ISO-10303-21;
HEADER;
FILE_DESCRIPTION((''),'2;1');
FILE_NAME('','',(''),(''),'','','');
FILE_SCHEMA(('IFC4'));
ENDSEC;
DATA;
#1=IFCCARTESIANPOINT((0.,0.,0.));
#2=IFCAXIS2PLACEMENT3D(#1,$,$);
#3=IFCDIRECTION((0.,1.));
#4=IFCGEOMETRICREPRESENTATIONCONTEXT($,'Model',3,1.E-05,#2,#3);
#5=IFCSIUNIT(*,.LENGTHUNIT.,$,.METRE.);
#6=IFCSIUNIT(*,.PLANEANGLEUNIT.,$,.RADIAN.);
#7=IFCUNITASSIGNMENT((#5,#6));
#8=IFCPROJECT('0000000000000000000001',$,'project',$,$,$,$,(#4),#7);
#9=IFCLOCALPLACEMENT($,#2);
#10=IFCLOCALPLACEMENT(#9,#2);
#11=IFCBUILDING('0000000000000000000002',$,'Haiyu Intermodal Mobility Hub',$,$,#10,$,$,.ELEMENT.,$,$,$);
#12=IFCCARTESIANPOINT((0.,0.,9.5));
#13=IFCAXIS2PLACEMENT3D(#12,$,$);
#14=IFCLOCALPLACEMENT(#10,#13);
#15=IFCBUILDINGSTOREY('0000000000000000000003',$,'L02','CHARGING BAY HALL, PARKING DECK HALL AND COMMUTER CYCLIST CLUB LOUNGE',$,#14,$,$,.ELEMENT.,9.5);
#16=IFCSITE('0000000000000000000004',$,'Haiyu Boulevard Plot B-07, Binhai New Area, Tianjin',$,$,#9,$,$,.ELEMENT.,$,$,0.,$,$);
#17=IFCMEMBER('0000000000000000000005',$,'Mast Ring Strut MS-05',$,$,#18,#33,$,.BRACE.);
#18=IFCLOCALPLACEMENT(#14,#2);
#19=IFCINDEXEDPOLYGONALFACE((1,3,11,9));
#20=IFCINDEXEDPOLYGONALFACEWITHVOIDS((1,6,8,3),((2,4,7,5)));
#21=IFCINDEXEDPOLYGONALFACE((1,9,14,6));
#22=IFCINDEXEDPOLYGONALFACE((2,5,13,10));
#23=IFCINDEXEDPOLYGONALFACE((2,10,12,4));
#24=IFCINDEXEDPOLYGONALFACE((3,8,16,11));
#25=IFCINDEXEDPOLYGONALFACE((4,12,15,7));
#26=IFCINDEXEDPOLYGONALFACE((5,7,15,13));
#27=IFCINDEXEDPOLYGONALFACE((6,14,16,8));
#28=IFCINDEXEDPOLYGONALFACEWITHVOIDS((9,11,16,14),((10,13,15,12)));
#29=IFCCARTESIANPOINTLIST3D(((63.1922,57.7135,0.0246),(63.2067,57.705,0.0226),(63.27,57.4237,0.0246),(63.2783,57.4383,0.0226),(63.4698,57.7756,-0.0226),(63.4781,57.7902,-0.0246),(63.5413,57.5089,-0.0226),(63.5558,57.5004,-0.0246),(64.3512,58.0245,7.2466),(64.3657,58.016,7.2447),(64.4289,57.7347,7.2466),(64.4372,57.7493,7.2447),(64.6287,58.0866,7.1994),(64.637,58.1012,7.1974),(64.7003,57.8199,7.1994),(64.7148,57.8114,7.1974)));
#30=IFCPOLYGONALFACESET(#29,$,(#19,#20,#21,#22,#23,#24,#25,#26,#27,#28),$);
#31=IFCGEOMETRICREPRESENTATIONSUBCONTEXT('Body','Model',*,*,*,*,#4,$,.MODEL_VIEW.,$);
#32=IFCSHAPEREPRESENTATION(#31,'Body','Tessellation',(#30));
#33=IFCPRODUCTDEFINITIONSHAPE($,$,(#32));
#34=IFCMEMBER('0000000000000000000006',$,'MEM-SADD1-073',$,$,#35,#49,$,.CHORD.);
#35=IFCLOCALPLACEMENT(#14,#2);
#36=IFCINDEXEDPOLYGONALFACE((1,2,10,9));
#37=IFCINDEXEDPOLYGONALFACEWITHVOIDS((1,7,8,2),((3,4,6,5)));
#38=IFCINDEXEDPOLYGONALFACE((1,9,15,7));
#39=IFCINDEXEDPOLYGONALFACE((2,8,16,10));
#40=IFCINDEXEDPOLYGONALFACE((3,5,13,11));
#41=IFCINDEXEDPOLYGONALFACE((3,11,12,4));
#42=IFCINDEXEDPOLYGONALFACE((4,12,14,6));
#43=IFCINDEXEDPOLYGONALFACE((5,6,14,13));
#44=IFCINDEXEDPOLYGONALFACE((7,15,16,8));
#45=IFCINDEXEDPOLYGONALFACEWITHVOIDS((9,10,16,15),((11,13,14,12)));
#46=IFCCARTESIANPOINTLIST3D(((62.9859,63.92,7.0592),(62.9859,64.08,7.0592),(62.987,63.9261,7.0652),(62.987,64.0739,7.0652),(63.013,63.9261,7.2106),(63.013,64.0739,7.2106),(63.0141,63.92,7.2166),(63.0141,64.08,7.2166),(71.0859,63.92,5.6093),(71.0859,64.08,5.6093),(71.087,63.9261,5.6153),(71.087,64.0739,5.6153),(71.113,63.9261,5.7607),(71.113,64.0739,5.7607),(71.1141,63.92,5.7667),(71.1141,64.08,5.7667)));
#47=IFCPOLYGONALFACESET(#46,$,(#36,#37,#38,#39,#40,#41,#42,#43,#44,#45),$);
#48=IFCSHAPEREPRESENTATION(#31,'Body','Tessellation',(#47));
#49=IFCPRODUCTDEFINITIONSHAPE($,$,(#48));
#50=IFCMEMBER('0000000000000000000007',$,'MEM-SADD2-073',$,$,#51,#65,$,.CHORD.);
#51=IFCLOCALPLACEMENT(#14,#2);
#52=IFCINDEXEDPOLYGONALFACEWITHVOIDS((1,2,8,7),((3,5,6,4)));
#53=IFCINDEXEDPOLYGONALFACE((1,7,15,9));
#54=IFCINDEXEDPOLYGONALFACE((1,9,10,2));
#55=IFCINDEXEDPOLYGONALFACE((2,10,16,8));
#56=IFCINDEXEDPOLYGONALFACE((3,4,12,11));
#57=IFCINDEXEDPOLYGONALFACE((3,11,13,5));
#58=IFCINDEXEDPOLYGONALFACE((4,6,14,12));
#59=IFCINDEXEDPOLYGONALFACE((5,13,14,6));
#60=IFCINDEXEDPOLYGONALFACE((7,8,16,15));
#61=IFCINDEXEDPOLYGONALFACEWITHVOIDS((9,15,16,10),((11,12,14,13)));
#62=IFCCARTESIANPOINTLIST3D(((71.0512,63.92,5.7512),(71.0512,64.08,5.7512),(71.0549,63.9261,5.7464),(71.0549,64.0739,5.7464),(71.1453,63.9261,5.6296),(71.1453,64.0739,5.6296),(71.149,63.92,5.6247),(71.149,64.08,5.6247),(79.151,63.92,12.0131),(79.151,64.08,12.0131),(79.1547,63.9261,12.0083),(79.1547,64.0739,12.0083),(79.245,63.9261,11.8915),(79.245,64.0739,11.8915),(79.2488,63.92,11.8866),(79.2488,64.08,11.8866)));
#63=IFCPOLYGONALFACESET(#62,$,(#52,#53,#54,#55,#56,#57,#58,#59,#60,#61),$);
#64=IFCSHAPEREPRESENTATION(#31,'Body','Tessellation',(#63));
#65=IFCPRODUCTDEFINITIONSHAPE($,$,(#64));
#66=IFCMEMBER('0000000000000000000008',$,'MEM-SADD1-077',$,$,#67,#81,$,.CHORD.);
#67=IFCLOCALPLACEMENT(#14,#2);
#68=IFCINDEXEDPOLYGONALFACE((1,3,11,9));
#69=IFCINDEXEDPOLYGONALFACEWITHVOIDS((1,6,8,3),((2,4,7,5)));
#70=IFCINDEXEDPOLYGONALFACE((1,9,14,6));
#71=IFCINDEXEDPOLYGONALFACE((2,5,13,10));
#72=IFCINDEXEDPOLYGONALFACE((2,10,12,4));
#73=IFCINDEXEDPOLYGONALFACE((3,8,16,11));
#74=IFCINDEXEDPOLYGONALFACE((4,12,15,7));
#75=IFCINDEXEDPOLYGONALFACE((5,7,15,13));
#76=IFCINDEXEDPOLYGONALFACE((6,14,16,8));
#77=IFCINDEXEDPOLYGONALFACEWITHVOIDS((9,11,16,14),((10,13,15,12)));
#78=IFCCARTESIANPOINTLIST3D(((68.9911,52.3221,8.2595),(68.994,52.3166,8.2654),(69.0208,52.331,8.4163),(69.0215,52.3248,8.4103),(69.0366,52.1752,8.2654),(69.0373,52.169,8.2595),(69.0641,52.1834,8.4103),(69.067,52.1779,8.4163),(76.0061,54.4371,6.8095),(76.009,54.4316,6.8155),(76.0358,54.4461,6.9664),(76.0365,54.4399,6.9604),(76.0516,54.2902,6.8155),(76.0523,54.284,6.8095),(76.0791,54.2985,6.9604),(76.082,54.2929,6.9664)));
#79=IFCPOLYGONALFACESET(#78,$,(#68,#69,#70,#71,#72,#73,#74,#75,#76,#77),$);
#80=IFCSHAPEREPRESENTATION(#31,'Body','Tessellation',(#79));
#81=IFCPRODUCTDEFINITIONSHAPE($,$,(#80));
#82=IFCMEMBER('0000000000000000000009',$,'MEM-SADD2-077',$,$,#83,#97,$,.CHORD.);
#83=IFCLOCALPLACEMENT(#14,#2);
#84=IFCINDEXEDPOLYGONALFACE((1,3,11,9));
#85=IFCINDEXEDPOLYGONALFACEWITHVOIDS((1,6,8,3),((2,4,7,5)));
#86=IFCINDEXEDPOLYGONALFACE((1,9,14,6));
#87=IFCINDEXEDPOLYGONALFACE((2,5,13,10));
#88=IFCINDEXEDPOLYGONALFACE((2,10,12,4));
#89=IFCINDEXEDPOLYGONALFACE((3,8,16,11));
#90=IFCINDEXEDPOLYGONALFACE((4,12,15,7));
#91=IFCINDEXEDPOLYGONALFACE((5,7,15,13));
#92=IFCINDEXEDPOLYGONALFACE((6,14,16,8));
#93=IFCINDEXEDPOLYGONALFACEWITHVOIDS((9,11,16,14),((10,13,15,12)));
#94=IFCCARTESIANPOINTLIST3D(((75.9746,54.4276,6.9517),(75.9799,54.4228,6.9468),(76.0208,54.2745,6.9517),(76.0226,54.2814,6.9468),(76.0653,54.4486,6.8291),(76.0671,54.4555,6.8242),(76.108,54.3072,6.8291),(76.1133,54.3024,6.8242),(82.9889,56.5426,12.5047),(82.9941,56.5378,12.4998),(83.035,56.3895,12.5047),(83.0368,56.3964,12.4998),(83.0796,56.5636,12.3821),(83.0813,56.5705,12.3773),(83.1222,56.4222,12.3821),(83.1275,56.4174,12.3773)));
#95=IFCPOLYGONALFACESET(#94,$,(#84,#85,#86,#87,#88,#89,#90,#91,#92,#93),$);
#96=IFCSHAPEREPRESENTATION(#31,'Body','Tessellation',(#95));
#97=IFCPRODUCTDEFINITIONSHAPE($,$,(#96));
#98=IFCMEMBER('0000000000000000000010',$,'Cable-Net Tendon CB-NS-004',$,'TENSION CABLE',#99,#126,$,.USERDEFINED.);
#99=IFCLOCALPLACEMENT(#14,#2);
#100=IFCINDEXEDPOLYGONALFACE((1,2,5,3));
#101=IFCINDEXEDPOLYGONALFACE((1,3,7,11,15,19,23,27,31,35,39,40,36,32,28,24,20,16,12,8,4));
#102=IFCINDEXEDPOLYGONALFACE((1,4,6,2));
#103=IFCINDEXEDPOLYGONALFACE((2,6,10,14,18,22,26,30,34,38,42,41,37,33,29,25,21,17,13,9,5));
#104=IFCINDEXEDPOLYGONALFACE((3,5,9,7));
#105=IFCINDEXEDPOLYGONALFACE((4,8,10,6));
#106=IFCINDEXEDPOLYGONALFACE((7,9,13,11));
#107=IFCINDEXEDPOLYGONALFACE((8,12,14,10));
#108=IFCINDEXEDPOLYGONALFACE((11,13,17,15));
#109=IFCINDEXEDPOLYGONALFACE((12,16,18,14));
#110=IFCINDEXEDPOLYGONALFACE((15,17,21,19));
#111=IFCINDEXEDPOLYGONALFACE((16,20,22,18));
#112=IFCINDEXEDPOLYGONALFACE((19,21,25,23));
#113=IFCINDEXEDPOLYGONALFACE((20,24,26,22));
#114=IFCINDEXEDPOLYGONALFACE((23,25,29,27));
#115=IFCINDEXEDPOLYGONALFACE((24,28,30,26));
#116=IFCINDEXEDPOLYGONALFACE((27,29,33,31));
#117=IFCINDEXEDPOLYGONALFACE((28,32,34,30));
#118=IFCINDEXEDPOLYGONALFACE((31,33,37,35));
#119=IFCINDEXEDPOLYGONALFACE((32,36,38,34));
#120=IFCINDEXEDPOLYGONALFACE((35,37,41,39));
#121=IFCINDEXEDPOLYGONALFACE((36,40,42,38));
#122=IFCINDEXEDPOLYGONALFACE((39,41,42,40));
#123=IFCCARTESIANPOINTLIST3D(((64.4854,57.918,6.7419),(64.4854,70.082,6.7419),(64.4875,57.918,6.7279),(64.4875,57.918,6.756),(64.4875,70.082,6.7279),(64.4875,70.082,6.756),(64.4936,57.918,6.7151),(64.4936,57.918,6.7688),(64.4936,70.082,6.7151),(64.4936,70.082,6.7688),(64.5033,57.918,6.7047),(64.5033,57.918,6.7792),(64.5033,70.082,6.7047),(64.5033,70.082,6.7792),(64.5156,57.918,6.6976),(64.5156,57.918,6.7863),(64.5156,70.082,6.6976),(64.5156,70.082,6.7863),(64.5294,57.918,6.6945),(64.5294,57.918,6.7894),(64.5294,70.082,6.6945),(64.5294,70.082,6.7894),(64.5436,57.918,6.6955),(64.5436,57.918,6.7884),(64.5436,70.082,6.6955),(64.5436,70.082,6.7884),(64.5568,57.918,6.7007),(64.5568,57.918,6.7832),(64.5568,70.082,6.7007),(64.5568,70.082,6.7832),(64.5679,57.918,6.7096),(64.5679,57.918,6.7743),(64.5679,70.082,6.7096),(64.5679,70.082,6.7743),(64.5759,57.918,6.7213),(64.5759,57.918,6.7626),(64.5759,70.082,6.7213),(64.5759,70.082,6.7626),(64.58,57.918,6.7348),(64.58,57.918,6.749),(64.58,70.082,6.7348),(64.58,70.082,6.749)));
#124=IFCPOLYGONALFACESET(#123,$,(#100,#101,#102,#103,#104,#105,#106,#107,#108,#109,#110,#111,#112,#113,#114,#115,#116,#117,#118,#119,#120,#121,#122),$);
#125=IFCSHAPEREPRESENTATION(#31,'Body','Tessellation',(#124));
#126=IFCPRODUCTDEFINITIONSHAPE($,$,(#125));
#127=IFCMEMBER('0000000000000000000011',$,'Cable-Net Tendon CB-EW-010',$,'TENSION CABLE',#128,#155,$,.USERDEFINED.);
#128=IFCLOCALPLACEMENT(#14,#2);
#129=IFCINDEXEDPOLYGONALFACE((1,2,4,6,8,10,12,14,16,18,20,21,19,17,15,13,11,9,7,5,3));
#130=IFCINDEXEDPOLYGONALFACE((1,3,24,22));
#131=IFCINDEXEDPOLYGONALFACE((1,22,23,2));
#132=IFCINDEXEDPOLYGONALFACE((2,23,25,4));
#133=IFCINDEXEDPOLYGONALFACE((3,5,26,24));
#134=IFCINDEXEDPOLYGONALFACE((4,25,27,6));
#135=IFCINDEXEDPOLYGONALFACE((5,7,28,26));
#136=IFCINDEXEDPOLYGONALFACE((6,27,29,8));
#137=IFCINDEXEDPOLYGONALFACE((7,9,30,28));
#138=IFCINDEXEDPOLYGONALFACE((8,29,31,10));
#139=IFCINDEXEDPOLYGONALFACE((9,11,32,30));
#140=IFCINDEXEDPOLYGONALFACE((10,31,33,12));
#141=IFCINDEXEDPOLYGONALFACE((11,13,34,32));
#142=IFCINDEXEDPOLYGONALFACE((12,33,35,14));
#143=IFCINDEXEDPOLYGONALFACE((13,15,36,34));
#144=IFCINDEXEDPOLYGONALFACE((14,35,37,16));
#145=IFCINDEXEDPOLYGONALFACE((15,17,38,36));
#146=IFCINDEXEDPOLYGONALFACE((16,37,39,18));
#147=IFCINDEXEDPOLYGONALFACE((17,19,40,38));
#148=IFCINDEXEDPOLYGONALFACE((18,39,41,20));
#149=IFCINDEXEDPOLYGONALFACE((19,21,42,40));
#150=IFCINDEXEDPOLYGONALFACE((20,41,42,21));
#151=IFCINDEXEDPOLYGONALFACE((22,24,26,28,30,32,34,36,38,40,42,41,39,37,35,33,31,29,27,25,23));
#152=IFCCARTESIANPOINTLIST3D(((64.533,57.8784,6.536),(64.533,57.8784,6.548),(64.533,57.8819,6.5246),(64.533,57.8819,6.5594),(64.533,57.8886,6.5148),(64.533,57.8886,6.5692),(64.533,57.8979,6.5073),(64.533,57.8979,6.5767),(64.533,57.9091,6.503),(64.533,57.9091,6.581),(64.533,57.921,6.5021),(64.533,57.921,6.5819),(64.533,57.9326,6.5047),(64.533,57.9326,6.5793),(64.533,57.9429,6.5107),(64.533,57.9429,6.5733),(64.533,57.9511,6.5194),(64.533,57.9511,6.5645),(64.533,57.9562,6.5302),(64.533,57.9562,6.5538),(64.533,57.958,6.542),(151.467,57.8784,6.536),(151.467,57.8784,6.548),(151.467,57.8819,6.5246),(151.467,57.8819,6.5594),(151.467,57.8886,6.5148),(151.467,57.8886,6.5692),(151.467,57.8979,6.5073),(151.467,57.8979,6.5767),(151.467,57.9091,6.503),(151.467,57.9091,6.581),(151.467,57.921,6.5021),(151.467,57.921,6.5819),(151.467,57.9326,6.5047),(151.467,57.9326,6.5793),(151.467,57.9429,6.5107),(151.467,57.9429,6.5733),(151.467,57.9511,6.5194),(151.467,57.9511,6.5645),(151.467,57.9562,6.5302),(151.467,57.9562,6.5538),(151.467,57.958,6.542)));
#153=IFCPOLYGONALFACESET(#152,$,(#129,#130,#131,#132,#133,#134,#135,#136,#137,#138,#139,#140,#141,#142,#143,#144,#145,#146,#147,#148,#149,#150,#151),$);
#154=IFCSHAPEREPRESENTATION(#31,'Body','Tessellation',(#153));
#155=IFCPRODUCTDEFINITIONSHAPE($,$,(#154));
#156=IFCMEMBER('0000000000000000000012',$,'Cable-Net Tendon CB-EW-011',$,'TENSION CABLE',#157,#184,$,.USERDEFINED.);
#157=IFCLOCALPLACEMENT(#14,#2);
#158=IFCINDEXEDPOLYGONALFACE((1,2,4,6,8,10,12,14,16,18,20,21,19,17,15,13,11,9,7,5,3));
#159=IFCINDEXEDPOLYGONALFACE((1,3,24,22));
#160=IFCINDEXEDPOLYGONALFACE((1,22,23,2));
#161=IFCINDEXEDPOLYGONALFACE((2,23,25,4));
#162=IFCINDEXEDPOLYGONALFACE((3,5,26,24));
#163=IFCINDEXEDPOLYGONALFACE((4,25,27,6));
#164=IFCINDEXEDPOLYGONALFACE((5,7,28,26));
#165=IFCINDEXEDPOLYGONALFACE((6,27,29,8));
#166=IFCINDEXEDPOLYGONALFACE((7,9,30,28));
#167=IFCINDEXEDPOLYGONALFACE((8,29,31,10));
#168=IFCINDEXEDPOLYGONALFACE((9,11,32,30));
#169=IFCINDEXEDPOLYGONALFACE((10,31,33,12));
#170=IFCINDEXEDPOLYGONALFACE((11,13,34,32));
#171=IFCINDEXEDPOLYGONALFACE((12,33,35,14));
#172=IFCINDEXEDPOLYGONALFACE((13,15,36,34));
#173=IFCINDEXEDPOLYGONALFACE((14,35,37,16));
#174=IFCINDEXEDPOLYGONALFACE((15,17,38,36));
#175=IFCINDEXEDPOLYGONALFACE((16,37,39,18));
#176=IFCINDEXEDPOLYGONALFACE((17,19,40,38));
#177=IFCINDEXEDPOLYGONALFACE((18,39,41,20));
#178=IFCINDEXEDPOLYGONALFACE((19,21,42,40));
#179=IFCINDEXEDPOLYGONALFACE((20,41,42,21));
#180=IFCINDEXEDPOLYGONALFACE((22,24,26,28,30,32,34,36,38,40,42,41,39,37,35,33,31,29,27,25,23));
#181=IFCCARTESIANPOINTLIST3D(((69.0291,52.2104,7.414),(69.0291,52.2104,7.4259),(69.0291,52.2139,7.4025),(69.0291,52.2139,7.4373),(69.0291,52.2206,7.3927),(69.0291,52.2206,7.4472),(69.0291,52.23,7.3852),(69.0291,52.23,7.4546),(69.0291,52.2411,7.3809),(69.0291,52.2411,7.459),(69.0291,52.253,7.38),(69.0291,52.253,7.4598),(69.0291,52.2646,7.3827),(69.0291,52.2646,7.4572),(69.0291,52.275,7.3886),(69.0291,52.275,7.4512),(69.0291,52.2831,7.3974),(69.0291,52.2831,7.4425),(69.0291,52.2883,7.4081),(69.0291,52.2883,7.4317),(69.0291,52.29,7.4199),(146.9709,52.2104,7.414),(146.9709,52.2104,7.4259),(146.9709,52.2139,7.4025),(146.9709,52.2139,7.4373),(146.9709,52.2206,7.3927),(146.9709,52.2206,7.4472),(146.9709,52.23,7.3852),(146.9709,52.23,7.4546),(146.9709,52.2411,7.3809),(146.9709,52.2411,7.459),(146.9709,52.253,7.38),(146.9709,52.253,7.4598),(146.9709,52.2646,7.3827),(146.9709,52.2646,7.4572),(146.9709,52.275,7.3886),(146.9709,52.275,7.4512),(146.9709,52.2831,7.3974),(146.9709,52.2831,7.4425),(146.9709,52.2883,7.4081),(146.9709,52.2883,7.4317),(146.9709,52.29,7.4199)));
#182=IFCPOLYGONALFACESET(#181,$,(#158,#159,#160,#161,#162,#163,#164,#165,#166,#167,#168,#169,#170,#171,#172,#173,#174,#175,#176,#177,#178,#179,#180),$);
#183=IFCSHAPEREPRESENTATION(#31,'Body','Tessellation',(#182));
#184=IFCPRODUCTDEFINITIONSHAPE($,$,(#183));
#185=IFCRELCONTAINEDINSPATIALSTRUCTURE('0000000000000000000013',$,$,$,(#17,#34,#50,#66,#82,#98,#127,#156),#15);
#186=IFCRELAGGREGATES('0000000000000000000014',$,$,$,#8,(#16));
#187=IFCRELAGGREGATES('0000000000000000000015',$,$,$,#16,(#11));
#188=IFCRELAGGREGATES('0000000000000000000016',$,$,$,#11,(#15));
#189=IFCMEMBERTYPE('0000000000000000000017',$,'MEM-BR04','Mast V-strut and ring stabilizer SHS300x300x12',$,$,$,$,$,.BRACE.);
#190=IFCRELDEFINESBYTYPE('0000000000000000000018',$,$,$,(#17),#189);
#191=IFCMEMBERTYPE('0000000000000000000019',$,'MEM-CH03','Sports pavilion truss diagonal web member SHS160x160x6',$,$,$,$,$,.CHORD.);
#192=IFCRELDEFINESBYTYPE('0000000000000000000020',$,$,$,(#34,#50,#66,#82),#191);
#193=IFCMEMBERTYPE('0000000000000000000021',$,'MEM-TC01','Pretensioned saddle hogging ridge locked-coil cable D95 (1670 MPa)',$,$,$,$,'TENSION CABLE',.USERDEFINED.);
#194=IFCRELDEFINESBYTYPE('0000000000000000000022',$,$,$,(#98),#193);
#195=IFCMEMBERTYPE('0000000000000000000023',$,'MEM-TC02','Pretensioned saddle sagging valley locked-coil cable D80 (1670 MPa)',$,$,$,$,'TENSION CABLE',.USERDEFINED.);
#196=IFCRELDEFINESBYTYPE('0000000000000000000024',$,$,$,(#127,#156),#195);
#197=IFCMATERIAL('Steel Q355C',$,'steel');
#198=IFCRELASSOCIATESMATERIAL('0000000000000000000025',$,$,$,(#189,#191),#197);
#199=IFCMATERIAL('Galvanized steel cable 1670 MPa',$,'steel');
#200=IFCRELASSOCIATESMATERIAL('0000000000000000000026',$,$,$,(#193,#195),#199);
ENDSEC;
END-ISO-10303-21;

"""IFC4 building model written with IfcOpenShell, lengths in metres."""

from ifc_helpers import new_model, si_unit, direction, frame, origin, origin_2d, place, context, subcontext, project, spatial, hollow_rectangle, circle, extrude, material, material_profile, profile_set, type_object, element, save


model = new_model("IFC4")

# Units and contexts
model_context = context("Model", 3, precision=1e-05, world=origin(), true_north=direction((0.0, 1.0)))
body_context = subcontext(model_context, "Body", "Model", "MODEL_VIEW")
ifc_project = project(units=[si_unit("LENGTHUNIT", "METRE"), si_unit("PLANEANGLEUNIT", "RADIAN")], contexts=[model_context])

# Site, building, storey
site_placement = place(None, origin())
site = spatial("IfcSite", under=ifc_project, at=site_placement, Name="Haiyu Boulevard Plot B-07, Binhai New Area, Tianjin", CompositionType="ELEMENT", RefElevation=0.0)
building_placement = place(site_placement, origin())
building = spatial("IfcBuilding", under=site, at=building_placement, Name="Haiyu Intermodal Mobility Hub", CompositionType="ELEMENT")
storey_placement = place(building_placement, frame((0.0, 0.0, 9.5)))
storey = spatial("IfcBuildingStorey", under=building, at=storey_placement, Name="L02", Description="CHARGING BAY HALL, PARKING DECK HALL AND COMMUTER CYCLIST CLUB LOUNGE", CompositionType="ELEMENT", Elevation=9.5)

# Shared definitions
ifc_material_1 = material(Name="Steel Q355C", Category="steel")

# Members
ifc_material_profile_1 = material_profile(ifc_material_1, hollow_rectangle(XDim=0.3, YDim=0.3, WallThickness=0.012, at=origin_2d()), Name="SHS300x300x12")
ifc_profile_set_1 = profile_set([ifc_material_profile_1], Name="Steel Q355C")
member_type_1 = type_object("IfcMemberType", Name="MEM-BR04", Description="Mast V-strut and ring stabilizer SHS300x300x12", PredefinedType="BRACE", material=ifc_profile_set_1)
member_1_placement = place(storey_placement, frame((63.374, 57.6069, 0.0), z_axis=(0.158304, 0.042486, 0.986476), x_axis=(-0.259207, 0.965822, 0.0)))
element("IfcMember", 1, at=member_1_placement, inside=storey, type_object=member_type_1, Name="Mast Ring Strut MS-05", PredefinedType="BRACE", context=body_context, shape_type="SweptSolid", body=[
    extrude(hollow_rectangle(XDim=0.3, YDim=0.3, WallThickness=0.012, at=origin_2d()), origin(), (0.0, 0.0, 1.0), 7.321),
])
ifc_material_profile_2 = material_profile(ifc_material_1, hollow_rectangle(XDim=0.1599, YDim=0.1599, WallThickness=0.0061, at=origin_2d()), Name="SHS160x160x6")
ifc_profile_set_2 = profile_set([ifc_material_profile_2], Name="Steel Q355C")
member_type_2 = type_object("IfcMemberType", Name="MEM-CH03", Description="Sports pavilion truss diagonal web member SHS160x160x6", PredefinedType="CHORD", material=ifc_profile_set_2)
member_2_placement = place(storey_placement, frame((63.0, 64.0, 7.1379), z_axis=(0.984354, 0.0, -0.176203), x_axis=(0.0, 1.0, 0.0)))
element("IfcMember", 2, at=member_2_placement, inside=storey, type_object=member_type_2, Name="MEM-SADD1-073", PredefinedType="CHORD", context=body_context, shape_type="SweptSolid", body=[
    extrude(hollow_rectangle(XDim=0.1599, YDim=0.1599, WallThickness=0.0061, at=origin_2d()), origin(), (0.0, 0.0, 1.0), 8.2288),
])
member_3_placement = place(storey_placement, frame((71.1001, 64.0, 5.688), z_axis=(0.791144, 0.0, 0.61163), x_axis=(0.0, 1.0, 0.0)))
element("IfcMember", 3, at=member_3_placement, inside=storey, type_object=member_type_2, Name="MEM-SADD2-073", PredefinedType="CHORD", context=body_context, shape_type="SweptSolid", body=[
    extrude(hollow_rectangle(XDim=0.1599, YDim=0.1599, WallThickness=0.0061, at=origin_2d()), origin(), (0.0, 0.0, 1.0), 10.238),
])
member_4_placement = place(storey_placement, frame((69.0291, 52.25, 8.3379), z_axis=(0.939215, 0.283173, -0.194132), x_axis=(-0.288665, 0.95743, 0.0)))
element("IfcMember", 4, at=member_4_placement, inside=storey, type_object=member_type_2, Name="MEM-SADD1-077", PredefinedType="CHORD", context=body_context, shape_type="SweptSolid", body=[
    extrude(hollow_rectangle(XDim=0.1599, YDim=0.1599, WallThickness=0.0061, at=origin_2d()), origin(), (0.0, 0.0, 1.0), 7.469),
])
member_5_placement = place(storey_placement, frame((76.0439, 54.365, 6.8879), z_axis=(0.763008, 0.230071, 0.604059), x_axis=(-0.288693, 0.957422, 0.0)))
element("IfcMember", 5, at=member_5_placement, inside=storey, type_object=member_type_2, Name="MEM-SADD2-077", PredefinedType="CHORD", context=body_context, shape_type="SweptSolid", body=[
    extrude(hollow_rectangle(XDim=0.1599, YDim=0.1599, WallThickness=0.0061, at=origin_2d()), origin(), (0.0, 0.0, 1.0), 9.1929),
])
ifc_material_2 = material(Name="Galvanized steel cable 1670 MPa", Category="steel")
ifc_material_profile_3 = material_profile(ifc_material_2, circle(Radius=0.0476, at=origin_2d()), Name="CABLE95")
ifc_profile_set_3 = profile_set([ifc_material_profile_3], Name="Galvanized steel cable 1670 MPa")
member_type_3 = type_object("IfcMemberType", Name="MEM-TC01", Description="Pretensioned saddle hogging ridge locked-coil cable D95 (1670 MPa)", ElementType="TENSION CABLE", PredefinedType="USERDEFINED", material=ifc_profile_set_3)
member_6_placement = place(storey_placement, frame((64.533, 57.918, 6.7419), z_axis=(0.0, 1.0, 0.0), x_axis=(-1.0, 0.0, 0.0)))
element("IfcMember", 6, at=member_6_placement, inside=storey, type_object=member_type_3, Name="Cable-Net Tendon CB-NS-004", ObjectType="TENSION CABLE", PredefinedType="USERDEFINED", context=body_context, shape_type="SweptSolid", body=[
    extrude(circle(Radius=0.0476, at=origin_2d()), origin(), (0.0, 0.0, 1.0), 12.1641),
])
ifc_material_profile_4 = material_profile(ifc_material_2, circle(Radius=0.04, at=origin_2d()), Name="CABLE80")
ifc_profile_set_4 = profile_set([ifc_material_profile_4], Name="Galvanized steel cable 1670 MPa")
member_type_4 = type_object("IfcMemberType", Name="MEM-TC02", Description="Pretensioned saddle sagging valley locked-coil cable D80 (1670 MPa)", ElementType="TENSION CABLE", PredefinedType="USERDEFINED", material=ifc_profile_set_4)
member_7_placement = place(storey_placement, frame((64.533, 57.918, 6.542), z_axis=(1.0, 0.0, 0.0), x_axis=(0.0, 1.0, 0.0)))
element("IfcMember", 7, at=member_7_placement, inside=storey, type_object=member_type_4, Name="Cable-Net Tendon CB-EW-010", ObjectType="TENSION CABLE", PredefinedType="USERDEFINED", context=body_context, shape_type="SweptSolid", body=[
    extrude(circle(Radius=0.04, at=origin_2d()), origin(), (0.0, 0.0, 1.0), 86.9341),
])
member_8_placement = place(storey_placement, frame((69.0291, 52.25, 7.4199), z_axis=(1.0, 0.0, 0.0), x_axis=(0.0, 1.0, 0.0)))
element("IfcMember", 8, at=member_8_placement, inside=storey, type_object=member_type_4, Name="Cable-Net Tendon CB-EW-011", ObjectType="TENSION CABLE", PredefinedType="USERDEFINED", context=body_context, shape_type="SweptSolid", body=[
    extrude(circle(Radius=0.04, at=origin_2d()), origin(), (0.0, 0.0, 1.0), 77.9419),
])

save(model, "model.ifc")
